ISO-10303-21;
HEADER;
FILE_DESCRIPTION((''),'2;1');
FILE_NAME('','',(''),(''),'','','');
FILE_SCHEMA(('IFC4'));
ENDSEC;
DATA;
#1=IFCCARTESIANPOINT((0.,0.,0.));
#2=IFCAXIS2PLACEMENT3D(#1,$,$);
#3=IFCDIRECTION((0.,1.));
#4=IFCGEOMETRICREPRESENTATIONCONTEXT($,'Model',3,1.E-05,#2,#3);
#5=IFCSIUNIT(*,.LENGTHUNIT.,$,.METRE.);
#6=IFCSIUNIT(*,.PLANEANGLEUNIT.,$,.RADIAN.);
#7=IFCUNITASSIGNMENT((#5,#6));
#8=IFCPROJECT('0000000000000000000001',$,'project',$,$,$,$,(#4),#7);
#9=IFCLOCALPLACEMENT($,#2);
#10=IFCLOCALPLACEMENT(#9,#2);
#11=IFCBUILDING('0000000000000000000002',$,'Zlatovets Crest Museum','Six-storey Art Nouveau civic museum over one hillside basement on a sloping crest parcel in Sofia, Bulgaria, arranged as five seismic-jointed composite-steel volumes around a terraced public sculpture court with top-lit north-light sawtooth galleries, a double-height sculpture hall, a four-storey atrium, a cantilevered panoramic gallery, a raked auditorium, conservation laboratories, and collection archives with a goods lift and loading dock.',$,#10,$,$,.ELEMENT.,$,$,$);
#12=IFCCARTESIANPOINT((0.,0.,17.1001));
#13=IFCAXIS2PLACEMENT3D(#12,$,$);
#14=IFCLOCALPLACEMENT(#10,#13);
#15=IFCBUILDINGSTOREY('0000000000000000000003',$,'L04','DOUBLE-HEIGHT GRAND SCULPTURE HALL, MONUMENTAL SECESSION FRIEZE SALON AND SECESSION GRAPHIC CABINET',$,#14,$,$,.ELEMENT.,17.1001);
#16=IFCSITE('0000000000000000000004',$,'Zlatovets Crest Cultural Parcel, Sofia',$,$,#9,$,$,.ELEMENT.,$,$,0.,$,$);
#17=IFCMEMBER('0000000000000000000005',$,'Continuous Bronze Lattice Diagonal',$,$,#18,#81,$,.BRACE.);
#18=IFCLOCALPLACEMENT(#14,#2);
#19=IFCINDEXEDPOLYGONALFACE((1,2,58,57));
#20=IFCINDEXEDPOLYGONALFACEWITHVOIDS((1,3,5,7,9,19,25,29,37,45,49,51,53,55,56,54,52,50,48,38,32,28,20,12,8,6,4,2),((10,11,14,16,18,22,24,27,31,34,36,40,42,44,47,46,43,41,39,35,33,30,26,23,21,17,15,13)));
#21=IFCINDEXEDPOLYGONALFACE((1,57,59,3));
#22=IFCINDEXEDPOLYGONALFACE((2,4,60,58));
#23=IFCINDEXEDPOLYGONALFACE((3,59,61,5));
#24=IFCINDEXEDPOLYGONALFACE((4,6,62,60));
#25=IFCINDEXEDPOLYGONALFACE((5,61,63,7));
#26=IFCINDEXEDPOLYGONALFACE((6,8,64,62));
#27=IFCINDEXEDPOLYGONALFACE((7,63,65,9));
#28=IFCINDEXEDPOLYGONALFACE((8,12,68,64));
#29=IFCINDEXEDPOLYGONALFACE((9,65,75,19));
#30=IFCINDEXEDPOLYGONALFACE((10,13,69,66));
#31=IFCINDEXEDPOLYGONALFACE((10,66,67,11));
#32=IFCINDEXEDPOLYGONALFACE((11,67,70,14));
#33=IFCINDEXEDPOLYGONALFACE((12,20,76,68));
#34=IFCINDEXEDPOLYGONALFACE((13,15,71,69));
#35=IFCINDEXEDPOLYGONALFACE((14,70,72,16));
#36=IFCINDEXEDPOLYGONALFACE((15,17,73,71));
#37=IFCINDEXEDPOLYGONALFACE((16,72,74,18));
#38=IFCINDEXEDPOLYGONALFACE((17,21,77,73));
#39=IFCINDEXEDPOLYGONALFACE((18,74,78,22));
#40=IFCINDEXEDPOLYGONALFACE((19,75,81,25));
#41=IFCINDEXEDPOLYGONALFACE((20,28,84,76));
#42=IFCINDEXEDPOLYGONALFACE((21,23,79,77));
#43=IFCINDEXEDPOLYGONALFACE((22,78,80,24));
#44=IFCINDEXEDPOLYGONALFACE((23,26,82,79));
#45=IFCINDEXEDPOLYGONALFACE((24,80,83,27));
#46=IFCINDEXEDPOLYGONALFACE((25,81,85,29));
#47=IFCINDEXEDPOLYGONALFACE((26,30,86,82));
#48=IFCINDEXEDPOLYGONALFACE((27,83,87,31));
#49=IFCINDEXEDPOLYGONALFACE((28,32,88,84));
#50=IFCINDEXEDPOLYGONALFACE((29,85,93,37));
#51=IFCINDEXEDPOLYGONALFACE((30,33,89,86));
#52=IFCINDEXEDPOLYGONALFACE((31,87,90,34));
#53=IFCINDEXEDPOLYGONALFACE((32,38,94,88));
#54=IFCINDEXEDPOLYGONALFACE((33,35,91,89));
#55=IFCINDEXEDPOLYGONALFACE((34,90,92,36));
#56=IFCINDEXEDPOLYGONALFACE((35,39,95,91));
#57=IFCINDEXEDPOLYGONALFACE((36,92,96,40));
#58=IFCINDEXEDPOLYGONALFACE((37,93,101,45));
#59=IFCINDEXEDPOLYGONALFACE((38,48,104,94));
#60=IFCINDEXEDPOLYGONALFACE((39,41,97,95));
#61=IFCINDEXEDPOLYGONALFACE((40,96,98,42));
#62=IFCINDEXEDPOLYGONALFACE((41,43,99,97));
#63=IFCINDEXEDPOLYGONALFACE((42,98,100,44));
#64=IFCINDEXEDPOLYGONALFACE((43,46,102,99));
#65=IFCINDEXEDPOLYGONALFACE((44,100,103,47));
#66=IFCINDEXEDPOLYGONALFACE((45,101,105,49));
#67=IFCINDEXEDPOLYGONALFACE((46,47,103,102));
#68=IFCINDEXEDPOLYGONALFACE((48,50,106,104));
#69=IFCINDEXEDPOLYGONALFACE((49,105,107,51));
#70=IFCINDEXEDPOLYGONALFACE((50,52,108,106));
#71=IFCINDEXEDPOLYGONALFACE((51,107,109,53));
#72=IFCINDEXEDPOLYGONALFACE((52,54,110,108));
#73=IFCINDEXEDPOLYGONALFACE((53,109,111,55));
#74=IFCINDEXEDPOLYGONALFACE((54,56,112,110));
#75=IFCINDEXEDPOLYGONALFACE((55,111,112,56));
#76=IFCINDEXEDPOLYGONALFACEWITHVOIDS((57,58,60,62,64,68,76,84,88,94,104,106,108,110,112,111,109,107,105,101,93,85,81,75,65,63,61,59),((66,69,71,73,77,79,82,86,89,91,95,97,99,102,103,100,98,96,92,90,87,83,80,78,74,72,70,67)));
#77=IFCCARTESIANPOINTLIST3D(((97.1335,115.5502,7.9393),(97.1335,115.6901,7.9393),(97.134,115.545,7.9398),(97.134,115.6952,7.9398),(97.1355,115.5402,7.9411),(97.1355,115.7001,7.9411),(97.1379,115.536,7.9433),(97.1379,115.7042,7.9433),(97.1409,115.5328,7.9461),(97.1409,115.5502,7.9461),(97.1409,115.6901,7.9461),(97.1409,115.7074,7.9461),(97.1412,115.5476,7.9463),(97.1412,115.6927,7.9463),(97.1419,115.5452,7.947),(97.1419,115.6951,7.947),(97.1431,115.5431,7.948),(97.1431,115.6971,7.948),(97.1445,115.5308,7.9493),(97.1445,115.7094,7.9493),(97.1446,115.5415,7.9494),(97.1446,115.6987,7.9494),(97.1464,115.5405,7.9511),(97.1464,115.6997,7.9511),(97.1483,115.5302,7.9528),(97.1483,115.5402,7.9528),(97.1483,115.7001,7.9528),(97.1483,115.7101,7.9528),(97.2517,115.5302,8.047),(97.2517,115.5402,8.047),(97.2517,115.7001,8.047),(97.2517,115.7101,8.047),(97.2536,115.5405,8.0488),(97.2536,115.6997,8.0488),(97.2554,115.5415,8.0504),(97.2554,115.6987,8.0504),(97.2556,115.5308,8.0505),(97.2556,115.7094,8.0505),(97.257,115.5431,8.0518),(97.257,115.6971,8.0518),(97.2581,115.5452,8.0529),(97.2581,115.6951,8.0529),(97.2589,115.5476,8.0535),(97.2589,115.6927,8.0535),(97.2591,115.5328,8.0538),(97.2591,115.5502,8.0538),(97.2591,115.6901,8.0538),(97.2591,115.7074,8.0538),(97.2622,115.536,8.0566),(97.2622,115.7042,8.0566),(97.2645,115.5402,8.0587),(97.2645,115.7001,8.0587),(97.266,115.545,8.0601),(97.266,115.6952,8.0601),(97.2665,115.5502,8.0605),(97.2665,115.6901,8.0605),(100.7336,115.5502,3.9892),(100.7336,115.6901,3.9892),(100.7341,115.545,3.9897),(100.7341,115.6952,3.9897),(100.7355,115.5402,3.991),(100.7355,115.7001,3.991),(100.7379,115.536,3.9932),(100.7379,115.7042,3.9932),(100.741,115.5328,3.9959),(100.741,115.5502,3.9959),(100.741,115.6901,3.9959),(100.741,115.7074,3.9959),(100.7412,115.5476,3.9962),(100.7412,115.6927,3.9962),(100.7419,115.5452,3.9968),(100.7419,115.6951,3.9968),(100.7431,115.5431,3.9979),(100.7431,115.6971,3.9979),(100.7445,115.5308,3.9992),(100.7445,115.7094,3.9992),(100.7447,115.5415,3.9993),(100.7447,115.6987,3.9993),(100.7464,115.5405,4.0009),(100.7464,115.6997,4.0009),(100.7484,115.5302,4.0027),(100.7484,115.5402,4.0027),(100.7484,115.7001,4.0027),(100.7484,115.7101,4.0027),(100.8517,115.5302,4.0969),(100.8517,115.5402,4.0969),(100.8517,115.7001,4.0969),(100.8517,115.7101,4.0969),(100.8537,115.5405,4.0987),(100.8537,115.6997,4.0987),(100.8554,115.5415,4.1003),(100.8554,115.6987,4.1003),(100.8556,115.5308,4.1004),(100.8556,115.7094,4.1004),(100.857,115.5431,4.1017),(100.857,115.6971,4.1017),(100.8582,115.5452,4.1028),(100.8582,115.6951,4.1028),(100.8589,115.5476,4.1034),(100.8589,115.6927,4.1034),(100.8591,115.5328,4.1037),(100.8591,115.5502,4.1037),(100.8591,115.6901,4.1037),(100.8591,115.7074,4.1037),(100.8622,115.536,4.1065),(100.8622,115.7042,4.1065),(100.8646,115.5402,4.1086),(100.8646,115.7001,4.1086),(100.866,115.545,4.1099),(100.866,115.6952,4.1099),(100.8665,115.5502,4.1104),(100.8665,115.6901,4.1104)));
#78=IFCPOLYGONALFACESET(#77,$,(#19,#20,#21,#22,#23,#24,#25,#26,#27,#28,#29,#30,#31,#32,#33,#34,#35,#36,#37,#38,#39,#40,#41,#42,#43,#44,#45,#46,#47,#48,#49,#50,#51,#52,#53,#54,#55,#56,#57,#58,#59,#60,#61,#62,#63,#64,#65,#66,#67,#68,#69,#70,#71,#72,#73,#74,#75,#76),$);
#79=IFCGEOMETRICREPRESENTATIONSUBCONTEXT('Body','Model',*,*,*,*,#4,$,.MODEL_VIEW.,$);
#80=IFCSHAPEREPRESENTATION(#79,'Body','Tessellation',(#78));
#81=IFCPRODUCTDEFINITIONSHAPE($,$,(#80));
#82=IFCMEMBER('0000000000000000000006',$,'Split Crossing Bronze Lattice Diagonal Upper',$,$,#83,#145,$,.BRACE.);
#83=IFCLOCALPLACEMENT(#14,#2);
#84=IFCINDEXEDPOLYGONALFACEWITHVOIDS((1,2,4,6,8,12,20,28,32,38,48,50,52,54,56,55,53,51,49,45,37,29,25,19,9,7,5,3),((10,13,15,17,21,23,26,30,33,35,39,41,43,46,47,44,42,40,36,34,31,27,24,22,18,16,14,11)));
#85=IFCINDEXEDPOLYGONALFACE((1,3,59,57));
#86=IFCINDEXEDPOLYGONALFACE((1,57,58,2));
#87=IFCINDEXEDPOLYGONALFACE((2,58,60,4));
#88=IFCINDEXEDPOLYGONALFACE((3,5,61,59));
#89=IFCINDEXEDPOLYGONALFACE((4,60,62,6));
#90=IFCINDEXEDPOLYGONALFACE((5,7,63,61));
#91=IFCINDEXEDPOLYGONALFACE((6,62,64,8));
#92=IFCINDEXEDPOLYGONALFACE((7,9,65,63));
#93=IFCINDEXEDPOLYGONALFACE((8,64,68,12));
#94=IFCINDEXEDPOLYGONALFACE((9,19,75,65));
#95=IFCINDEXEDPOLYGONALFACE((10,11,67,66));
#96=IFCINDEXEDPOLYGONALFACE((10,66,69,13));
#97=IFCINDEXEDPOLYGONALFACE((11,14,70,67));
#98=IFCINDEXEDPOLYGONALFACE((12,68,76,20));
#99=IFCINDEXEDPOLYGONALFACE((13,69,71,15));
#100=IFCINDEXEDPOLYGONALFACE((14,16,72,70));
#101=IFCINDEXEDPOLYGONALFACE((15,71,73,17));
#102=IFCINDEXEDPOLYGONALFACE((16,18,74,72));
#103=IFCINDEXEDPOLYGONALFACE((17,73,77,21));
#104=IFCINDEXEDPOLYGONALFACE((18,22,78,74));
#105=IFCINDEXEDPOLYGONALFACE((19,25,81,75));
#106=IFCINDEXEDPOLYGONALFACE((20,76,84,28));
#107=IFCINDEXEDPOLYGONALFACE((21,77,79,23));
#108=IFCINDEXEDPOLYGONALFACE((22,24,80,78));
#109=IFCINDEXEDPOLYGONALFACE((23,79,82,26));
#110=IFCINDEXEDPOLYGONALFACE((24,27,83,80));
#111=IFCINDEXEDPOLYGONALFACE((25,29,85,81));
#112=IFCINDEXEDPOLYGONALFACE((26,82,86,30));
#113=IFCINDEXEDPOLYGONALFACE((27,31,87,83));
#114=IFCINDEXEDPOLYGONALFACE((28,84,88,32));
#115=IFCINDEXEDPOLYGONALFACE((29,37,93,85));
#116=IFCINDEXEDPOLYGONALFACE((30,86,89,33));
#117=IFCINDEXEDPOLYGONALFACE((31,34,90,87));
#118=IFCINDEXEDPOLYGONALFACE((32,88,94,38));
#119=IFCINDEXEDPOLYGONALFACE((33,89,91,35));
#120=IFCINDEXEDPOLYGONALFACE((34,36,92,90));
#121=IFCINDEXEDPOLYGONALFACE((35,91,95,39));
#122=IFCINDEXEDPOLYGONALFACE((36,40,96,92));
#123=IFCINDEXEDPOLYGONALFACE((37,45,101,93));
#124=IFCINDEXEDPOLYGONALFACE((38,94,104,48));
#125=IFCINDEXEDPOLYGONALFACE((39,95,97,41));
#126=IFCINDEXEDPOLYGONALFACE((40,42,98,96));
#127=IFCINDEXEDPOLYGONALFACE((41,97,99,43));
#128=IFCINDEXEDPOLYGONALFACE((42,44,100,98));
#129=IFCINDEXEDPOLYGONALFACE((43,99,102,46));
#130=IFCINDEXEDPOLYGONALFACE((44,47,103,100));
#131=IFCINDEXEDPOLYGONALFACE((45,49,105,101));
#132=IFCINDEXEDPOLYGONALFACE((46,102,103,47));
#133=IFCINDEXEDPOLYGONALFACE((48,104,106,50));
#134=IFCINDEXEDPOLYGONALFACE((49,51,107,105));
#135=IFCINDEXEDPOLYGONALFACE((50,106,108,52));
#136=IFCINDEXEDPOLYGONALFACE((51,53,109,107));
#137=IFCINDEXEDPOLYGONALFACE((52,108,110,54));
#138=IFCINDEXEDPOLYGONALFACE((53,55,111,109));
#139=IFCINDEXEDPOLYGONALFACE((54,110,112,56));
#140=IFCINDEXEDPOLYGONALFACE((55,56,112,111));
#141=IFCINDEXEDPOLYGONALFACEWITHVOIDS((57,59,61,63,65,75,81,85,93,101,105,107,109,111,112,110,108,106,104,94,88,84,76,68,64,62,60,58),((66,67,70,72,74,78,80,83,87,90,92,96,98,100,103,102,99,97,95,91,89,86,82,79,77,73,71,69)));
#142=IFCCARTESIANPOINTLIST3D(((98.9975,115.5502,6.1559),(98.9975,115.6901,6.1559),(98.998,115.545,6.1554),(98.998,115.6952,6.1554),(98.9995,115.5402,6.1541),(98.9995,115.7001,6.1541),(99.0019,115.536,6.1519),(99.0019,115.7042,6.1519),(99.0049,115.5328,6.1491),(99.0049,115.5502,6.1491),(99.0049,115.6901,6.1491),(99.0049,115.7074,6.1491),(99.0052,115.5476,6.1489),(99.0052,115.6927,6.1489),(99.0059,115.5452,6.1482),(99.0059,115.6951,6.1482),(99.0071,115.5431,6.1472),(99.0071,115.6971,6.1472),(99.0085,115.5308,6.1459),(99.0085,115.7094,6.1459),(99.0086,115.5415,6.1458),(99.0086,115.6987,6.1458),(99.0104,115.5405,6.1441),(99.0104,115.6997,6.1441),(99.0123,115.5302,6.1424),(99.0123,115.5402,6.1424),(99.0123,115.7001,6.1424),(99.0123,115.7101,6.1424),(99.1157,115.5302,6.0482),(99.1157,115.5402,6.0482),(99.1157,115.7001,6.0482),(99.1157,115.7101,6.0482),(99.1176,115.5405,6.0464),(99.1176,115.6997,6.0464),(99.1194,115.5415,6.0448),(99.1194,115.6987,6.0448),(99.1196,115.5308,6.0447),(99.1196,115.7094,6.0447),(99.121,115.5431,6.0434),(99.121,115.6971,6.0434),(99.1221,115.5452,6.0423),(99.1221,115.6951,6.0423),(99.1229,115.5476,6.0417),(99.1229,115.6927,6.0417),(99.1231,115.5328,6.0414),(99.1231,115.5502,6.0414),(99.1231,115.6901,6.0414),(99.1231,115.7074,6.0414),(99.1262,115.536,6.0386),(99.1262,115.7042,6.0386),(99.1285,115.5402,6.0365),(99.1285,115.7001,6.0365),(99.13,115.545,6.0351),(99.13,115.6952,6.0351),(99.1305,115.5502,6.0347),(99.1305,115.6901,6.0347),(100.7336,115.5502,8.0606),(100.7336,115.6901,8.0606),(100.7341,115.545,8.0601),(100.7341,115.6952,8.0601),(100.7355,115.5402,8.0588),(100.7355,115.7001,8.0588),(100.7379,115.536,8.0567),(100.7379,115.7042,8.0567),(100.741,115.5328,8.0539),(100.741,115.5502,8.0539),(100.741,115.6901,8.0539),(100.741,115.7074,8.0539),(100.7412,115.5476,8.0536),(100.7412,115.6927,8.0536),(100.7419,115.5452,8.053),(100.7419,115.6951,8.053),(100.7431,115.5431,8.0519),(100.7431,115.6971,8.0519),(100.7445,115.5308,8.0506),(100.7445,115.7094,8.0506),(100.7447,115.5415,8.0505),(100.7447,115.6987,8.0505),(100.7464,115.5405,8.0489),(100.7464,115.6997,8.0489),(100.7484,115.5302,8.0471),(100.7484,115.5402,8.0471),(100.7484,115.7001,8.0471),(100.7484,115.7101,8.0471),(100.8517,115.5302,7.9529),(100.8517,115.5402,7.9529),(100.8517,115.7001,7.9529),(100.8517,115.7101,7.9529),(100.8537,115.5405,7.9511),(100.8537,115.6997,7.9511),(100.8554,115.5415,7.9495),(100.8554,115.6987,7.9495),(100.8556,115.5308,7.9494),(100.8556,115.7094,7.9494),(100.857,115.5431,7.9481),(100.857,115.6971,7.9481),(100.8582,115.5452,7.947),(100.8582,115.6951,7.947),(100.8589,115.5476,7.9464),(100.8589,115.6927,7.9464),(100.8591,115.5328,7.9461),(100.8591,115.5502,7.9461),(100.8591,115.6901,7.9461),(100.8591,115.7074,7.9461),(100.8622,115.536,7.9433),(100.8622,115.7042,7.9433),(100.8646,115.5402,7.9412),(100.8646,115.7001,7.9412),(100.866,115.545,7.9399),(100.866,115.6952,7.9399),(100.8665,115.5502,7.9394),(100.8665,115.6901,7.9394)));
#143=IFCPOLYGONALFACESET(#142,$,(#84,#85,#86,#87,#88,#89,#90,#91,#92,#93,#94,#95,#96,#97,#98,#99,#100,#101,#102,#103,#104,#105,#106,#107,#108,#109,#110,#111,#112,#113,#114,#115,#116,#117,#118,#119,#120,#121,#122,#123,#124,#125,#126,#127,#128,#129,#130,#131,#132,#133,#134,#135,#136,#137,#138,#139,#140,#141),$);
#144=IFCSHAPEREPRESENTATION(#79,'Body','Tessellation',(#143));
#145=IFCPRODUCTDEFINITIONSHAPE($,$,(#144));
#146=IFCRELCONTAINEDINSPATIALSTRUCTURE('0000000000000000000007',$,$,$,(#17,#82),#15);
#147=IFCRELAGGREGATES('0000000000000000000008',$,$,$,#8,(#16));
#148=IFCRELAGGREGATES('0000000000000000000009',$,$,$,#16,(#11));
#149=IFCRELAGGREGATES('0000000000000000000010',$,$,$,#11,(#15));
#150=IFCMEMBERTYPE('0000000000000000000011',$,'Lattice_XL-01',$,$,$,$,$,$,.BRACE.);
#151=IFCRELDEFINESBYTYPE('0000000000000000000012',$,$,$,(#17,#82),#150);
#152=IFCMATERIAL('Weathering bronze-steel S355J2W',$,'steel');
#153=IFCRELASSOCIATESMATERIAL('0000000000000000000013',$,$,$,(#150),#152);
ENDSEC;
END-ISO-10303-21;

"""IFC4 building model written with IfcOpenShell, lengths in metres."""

from ifc_helpers import new_model, si_unit, direction, frame, origin, origin_2d, place, context, subcontext, project, spatial, hollow_rectangle, extrude, material, material_profile, profile_set, type_object, element, save


model = new_model("IFC4")

# Units and contexts
model_context = context("Model", 3, precision=1e-05, world=origin(), true_north=direction((0.0, 1.0)))
body_context = subcontext(model_context, "Body", "Model", "MODEL_VIEW")
ifc_project = project(units=[si_unit("LENGTHUNIT", "METRE"), si_unit("PLANEANGLEUNIT", "RADIAN")], contexts=[model_context])

# Site, building, storey
site_placement = place(None, origin())
site = spatial("IfcSite", under=ifc_project, at=site_placement, Name="Zlatovets Crest Cultural Parcel, Sofia", CompositionType="ELEMENT", RefElevation=0.0)
building_placement = place(site_placement, origin())
building = spatial("IfcBuilding", under=site, at=building_placement, Name="Zlatovets Crest Museum", Description="Six-storey Art Nouveau civic museum over one hillside basement on a sloping crest parcel in Sofia, Bulgaria, arranged as five seismic-jointed composite-steel volumes around a terraced public sculpture court with top-lit north-light sawtooth galleries, a double-height sculpture hall, a four-storey atrium, a cantilevered panoramic gallery, a raked auditorium, conservation laboratories, and collection archives with a goods lift and loading dock.", CompositionType="ELEMENT")
storey_placement = place(building_placement, frame((0.0, 0.0, 17.1001)))
storey = spatial("IfcBuildingStorey", under=building, at=storey_placement, Name="L04", Description="DOUBLE-HEIGHT GRAND SCULPTURE HALL, MONUMENTAL SECESSION FRIEZE SALON AND SECESSION GRAPHIC CABINET", CompositionType="ELEMENT", Elevation=17.1001)

# Members
ifc_material_1 = material(Name="Weathering bronze-steel S355J2W", Category="steel")
ifc_material_profile_1 = material_profile(ifc_material_1, hollow_rectangle(XDim=0.1799, YDim=0.1799, WallThickness=0.01, InnerFilletRadius=0.01, OuterFilletRadius=0.02, at=origin_2d()), Name="SHS 180x180x10.0")
ifc_profile_set_1 = profile_set([ifc_material_profile_1], Name="Weathering bronze-steel S355J2W")
member_type_1 = type_object("IfcMemberType", Name="Lattice_XL-01", PredefinedType="BRACE", material=ifc_profile_set_1)
member_1_placement = place(storey_placement, frame((100.8, 115.6201, 4.0498), z_axis=(-0.673595, 0.0, 0.7391), x_axis=(0.0, -1.0, 0.0)))
element("IfcMember", 1, at=member_1_placement, inside=storey, type_object=member_type_1, Name="Continuous Bronze Lattice Diagonal", PredefinedType="BRACE", context=body_context, shape_type="SweptSolid", body=[
    extrude(hollow_rectangle(XDim=0.1799, YDim=0.1799, WallThickness=0.01, InnerFilletRadius=0.01, OuterFilletRadius=0.02, at=origin_2d()), origin(), (0.0, 0.0, 1.0), 5.3445),
])
member_2_placement = place(storey_placement, frame((100.8, 115.6201, 8.0), z_axis=(-0.67362, 0.0, -0.739078), x_axis=(0.0, -1.0, 0.0)))
element("IfcMember", 2, at=member_2_placement, inside=storey, type_object=member_type_1, Name="Split Crossing Bronze Lattice Diagonal Upper", PredefinedType="BRACE", context=body_context, shape_type="SweptSolid", body=[
    extrude(hollow_rectangle(XDim=0.1799, YDim=0.1799, WallThickness=0.01, InnerFilletRadius=0.01, OuterFilletRadius=0.02, at=origin_2d()), origin(), (0.0, 0.0, 1.0), 2.5771),
])

save(model, "model.ifc")
